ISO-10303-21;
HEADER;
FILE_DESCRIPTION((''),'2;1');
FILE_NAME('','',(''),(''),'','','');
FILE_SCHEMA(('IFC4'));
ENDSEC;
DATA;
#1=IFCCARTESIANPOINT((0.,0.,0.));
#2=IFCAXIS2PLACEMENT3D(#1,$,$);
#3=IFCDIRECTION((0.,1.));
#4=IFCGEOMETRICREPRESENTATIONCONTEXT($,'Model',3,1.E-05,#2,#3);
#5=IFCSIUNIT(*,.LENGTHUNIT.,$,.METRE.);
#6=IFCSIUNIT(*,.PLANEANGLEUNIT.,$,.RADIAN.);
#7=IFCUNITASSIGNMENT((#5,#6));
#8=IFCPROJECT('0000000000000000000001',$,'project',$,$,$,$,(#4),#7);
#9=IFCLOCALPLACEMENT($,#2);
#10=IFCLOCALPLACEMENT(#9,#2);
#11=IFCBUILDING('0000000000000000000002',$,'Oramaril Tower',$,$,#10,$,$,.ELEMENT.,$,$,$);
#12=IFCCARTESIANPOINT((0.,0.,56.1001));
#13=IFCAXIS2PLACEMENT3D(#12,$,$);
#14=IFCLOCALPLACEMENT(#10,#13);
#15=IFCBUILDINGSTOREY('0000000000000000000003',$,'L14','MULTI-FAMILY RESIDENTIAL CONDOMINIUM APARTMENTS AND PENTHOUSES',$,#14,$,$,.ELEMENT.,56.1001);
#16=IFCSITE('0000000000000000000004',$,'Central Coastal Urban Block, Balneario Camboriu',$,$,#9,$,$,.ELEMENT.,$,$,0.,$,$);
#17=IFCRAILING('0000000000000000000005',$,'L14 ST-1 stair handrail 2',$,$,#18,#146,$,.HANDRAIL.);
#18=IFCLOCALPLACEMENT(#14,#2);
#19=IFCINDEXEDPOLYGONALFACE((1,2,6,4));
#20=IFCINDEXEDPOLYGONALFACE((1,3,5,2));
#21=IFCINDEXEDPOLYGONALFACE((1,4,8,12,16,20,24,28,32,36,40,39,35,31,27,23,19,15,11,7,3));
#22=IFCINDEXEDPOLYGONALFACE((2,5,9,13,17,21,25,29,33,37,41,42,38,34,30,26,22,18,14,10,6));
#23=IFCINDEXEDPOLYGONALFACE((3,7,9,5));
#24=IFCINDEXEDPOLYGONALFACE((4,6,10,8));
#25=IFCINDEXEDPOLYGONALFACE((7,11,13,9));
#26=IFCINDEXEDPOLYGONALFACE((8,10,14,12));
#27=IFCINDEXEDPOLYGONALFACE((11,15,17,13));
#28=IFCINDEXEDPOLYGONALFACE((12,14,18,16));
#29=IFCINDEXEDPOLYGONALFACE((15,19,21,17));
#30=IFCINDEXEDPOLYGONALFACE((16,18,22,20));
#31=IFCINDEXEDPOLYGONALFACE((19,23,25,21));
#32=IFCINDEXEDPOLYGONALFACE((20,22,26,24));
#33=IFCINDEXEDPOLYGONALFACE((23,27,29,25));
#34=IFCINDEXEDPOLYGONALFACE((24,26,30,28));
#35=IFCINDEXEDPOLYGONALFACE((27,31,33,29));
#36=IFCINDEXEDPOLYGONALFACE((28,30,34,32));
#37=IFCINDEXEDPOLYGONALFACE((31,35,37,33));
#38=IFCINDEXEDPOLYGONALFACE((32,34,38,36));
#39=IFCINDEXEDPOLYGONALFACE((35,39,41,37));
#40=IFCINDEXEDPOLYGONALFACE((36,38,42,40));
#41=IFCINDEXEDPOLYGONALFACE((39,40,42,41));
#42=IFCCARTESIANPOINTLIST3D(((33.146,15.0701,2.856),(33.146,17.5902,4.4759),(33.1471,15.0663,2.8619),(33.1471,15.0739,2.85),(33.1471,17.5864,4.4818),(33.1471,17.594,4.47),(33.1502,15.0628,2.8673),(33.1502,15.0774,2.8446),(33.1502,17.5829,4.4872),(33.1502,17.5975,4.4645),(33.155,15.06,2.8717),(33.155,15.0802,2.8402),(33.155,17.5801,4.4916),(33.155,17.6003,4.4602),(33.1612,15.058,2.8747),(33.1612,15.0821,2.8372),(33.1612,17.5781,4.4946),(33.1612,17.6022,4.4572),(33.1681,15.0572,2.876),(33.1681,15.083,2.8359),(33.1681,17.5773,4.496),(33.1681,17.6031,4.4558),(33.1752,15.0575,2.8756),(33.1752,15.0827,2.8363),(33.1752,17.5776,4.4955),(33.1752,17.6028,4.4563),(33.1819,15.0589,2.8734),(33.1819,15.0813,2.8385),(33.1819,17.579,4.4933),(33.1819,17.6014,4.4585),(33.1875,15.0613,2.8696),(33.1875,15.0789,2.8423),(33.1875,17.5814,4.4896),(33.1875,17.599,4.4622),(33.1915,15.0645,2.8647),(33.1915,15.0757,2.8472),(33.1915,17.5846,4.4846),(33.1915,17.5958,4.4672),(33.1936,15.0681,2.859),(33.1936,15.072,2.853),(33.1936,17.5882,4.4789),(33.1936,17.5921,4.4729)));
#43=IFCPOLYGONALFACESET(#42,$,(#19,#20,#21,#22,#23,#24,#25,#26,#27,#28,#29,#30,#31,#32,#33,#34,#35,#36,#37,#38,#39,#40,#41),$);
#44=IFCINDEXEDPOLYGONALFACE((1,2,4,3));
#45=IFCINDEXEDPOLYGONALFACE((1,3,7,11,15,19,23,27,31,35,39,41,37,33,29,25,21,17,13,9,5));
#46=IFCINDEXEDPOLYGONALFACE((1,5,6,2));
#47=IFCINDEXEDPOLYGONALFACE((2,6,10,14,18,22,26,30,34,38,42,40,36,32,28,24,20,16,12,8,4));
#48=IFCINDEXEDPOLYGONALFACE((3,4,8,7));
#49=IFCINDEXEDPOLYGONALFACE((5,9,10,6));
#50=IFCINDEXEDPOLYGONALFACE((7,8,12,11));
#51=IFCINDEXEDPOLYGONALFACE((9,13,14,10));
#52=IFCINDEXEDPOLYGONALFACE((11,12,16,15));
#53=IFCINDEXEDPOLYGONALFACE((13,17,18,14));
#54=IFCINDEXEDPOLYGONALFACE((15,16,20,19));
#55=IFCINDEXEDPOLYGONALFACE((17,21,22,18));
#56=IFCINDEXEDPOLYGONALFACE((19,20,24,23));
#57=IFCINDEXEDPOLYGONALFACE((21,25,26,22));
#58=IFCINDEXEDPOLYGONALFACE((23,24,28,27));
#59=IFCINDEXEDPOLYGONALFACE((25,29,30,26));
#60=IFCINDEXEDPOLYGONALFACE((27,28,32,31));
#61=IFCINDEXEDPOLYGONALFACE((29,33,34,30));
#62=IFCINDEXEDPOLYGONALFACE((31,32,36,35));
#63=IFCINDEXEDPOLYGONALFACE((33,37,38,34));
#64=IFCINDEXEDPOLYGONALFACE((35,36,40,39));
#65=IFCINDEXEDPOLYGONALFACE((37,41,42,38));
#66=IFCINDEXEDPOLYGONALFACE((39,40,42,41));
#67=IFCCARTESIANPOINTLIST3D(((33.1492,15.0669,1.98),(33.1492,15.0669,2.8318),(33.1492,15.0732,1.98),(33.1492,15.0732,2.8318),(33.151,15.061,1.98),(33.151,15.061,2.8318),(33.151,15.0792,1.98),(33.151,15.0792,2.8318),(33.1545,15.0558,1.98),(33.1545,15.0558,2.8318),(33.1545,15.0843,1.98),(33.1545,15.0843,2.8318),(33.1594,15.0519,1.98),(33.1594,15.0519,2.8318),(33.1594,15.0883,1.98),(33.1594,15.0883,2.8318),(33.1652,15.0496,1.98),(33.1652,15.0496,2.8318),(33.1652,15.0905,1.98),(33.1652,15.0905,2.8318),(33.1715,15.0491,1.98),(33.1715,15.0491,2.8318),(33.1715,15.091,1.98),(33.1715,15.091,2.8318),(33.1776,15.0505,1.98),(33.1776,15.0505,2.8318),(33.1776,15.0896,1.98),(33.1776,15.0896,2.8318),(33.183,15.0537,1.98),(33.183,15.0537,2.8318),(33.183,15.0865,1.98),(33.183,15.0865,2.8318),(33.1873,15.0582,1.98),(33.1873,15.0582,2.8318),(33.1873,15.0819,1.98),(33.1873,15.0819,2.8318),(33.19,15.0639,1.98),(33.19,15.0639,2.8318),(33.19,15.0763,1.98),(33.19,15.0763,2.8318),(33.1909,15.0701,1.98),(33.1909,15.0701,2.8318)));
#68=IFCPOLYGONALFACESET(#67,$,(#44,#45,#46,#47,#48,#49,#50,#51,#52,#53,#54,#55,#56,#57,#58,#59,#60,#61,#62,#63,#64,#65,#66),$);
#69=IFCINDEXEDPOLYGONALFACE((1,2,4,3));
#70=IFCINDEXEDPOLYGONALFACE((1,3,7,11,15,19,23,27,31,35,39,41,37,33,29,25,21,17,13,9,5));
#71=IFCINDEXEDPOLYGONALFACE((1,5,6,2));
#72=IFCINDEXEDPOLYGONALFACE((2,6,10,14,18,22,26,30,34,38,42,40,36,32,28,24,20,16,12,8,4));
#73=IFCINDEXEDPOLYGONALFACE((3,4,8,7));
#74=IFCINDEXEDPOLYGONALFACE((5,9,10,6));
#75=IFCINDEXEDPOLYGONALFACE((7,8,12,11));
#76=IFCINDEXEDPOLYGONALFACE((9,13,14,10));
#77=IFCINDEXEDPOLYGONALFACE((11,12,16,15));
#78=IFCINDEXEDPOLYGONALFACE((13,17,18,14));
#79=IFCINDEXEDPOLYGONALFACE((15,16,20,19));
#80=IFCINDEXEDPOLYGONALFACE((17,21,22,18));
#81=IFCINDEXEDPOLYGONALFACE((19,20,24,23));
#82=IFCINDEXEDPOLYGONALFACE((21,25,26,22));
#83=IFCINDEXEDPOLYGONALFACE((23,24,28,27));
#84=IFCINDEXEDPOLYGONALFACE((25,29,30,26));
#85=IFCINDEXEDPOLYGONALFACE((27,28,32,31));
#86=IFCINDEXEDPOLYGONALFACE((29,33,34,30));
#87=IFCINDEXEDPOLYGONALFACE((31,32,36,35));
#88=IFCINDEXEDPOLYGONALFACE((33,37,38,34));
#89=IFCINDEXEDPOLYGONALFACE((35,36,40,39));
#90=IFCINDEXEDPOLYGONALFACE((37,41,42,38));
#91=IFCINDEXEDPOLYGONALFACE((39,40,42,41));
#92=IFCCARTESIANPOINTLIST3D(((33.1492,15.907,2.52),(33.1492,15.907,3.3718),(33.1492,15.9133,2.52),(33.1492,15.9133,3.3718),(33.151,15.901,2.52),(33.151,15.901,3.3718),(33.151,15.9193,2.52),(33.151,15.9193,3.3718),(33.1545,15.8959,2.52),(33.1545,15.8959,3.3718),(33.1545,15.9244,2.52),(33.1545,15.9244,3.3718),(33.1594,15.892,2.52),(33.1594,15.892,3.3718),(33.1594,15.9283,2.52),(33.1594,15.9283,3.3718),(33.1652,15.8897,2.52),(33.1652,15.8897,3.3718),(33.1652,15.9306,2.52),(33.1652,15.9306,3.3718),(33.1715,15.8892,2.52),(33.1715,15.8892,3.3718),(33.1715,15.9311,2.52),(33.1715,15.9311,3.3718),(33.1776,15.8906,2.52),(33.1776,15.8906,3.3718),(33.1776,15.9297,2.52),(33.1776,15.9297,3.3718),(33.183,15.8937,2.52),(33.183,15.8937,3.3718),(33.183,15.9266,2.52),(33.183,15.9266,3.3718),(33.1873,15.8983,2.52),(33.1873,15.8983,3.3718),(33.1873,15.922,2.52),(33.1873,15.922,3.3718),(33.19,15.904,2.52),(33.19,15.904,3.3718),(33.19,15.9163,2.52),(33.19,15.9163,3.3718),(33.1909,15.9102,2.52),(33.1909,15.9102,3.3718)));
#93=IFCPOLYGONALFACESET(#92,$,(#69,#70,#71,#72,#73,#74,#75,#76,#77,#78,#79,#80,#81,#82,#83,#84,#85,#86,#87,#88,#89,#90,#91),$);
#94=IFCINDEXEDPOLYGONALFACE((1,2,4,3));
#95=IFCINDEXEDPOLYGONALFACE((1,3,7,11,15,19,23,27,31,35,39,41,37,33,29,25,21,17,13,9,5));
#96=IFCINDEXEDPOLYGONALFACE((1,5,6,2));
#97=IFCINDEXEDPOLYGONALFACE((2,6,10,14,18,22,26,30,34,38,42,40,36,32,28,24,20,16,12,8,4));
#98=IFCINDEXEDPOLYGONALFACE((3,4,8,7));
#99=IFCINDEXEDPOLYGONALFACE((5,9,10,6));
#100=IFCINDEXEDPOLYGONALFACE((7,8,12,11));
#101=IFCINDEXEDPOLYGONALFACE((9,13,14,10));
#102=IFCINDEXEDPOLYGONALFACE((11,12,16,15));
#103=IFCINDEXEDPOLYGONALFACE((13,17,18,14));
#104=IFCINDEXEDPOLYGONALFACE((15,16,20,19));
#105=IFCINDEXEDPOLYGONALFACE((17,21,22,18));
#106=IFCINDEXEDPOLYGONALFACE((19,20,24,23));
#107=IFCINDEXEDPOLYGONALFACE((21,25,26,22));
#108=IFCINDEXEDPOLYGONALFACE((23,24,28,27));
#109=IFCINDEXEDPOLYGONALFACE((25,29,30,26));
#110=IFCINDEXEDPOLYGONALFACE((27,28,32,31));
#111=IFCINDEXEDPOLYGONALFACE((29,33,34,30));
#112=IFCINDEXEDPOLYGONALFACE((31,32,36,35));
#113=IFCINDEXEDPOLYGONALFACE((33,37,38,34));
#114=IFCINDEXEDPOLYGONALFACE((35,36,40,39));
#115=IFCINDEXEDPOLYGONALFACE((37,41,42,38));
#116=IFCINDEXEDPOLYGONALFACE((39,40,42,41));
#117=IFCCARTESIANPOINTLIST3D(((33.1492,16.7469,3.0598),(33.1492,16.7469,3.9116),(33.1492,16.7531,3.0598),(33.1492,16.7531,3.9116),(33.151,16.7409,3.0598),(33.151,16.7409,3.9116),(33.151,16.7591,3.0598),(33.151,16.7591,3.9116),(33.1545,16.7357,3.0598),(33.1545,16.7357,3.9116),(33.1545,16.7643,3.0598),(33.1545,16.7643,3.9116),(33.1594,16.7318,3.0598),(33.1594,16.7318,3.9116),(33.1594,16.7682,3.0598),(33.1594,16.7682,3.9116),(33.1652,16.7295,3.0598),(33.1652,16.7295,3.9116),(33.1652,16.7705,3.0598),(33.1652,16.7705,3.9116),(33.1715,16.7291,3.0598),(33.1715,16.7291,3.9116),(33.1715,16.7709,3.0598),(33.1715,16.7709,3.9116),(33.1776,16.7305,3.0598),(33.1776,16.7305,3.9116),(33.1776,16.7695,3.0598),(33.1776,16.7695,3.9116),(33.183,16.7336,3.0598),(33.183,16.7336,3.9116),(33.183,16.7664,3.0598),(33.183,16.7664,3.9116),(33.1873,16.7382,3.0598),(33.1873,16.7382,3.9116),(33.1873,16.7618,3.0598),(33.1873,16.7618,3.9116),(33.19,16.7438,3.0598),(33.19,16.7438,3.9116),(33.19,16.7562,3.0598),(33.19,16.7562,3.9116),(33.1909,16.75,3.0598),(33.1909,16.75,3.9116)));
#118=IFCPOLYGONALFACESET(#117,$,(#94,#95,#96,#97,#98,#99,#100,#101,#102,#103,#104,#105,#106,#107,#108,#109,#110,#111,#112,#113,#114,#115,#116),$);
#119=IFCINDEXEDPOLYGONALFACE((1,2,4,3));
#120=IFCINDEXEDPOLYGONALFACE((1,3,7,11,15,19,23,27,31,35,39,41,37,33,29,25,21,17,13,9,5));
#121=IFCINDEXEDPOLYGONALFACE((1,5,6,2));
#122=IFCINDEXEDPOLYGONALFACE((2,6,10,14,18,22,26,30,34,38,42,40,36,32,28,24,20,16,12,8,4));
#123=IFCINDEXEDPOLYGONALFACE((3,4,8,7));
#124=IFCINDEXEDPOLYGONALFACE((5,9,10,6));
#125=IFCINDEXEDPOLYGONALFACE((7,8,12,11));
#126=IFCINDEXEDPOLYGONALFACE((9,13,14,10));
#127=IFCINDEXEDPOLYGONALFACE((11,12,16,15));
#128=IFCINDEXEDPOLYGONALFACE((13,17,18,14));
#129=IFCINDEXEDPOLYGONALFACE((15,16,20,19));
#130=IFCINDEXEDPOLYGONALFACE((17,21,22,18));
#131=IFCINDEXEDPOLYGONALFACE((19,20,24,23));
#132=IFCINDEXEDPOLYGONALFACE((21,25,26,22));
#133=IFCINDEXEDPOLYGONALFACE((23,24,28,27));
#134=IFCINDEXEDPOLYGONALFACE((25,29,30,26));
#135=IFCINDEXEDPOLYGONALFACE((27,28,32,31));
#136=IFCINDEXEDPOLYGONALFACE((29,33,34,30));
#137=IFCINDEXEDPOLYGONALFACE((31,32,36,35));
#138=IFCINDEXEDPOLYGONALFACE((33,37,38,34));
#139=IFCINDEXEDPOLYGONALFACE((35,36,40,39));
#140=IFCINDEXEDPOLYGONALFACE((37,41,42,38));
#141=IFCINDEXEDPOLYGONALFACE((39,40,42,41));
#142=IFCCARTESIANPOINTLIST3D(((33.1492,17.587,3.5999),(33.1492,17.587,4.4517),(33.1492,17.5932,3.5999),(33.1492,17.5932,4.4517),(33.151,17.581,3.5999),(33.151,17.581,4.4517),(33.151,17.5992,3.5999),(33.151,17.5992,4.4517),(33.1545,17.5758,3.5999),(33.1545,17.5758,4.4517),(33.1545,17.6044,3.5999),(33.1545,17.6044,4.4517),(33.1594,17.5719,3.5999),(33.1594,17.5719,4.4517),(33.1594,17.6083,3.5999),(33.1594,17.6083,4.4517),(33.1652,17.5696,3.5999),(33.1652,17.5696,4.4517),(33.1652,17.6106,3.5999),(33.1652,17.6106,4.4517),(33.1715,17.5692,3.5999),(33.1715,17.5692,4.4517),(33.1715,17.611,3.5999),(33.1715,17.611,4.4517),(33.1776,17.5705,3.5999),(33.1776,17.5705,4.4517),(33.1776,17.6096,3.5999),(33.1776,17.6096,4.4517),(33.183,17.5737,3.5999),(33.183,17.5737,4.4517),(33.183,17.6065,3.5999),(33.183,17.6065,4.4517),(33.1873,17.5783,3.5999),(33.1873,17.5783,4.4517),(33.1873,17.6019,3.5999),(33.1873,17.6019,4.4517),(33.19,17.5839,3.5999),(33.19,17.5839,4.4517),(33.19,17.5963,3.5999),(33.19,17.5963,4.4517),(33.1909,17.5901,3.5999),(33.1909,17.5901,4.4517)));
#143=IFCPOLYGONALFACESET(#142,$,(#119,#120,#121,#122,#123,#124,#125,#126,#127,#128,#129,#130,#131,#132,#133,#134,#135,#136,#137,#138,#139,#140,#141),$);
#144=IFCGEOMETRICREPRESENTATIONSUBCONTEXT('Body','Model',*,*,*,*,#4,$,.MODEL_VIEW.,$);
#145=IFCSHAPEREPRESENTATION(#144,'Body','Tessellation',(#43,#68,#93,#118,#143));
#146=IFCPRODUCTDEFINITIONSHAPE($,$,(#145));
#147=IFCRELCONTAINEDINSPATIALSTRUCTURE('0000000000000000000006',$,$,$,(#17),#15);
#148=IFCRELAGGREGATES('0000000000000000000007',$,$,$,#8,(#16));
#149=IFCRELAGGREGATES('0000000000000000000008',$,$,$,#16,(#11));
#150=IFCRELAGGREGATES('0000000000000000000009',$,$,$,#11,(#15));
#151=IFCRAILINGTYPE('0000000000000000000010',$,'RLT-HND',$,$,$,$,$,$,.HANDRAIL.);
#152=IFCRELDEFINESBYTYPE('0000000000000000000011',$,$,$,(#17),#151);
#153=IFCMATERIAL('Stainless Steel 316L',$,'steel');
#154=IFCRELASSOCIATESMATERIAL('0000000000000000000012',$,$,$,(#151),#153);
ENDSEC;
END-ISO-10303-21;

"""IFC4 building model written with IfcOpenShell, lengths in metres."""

from ifc_helpers import new_model, si_unit, direction, frame, origin, origin_2d, place, context, subcontext, project, spatial, circle, extrude, material, type_object, element, save


model = new_model("IFC4")

# Units and contexts
model_context = context("Model", 3, precision=1e-05, world=origin(), true_north=direction((0.0, 1.0)))
body_context = subcontext(model_context, "Body", "Model", "MODEL_VIEW")
ifc_project = project(units=[si_unit("LENGTHUNIT", "METRE"), si_unit("PLANEANGLEUNIT", "RADIAN")], contexts=[model_context])

# Site, building, storey
site_placement = place(None, origin())
site = spatial("IfcSite", under=ifc_project, at=site_placement, Name="Central Coastal Urban Block, Balneario Camboriu", CompositionType="ELEMENT", RefElevation=0.0)
building_placement = place(site_placement, origin())
building = spatial("IfcBuilding", under=site, at=building_placement, Name="Oramaril Tower", CompositionType="ELEMENT")
storey_placement = place(building_placement, frame((0.0, 0.0, 56.1001)))
storey = spatial("IfcBuildingStorey", under=building, at=storey_placement, Name="L14", Description="MULTI-FAMILY RESIDENTIAL CONDOMINIUM APARTMENTS AND PENTHOUSES", CompositionType="ELEMENT", Elevation=56.1001)

# Railing
ifc_material_1 = material(Name="Stainless Steel 316L", Category="steel")
railing_type_1 = type_object("IfcRailingType", Name="RLT-HND", PredefinedType="HANDRAIL", material=ifc_material_1)
for number, where, name in (
    (1, (33.1699, 15.0701, 1.98), "L14 ST-1 stair handrail 2"),
):
    element("IfcRailing", number, at=place(storey_placement, frame(where)), inside=storey, type_object=railing_type_1, Name=name, PredefinedType="HANDRAIL", context=body_context, shape_type="SweptSolid", body=[
        extrude(circle(Radius=0.0239, at=origin_2d()), frame((0.0, 0.0, 0.876), z_axis=(0.0, 0.8412, 0.540725), x_axis=(-1.0, 0.0, 0.0)), (0.0, 0.0, 1.0), 2.9958),
        extrude(circle(Radius=0.021, at=origin_2d()), origin(), (0.0, 0.0, 1.0), 0.8518),
        extrude(circle(Radius=0.021, at=origin_2d()), frame((0.0, 0.8401, 0.54)), (0.0, 0.0, 1.0), 0.8518),
        extrude(circle(Radius=0.021, at=origin_2d()), frame((0.0, 1.6799, 1.0798)), (0.0, 0.0, 1.0), 0.8518),
        extrude(circle(Radius=0.021, at=origin_2d()), frame((0.0, 2.52, 1.6199)), (0.0, 0.0, 1.0), 0.8518),
    ])

save(model, "model.ifc")
